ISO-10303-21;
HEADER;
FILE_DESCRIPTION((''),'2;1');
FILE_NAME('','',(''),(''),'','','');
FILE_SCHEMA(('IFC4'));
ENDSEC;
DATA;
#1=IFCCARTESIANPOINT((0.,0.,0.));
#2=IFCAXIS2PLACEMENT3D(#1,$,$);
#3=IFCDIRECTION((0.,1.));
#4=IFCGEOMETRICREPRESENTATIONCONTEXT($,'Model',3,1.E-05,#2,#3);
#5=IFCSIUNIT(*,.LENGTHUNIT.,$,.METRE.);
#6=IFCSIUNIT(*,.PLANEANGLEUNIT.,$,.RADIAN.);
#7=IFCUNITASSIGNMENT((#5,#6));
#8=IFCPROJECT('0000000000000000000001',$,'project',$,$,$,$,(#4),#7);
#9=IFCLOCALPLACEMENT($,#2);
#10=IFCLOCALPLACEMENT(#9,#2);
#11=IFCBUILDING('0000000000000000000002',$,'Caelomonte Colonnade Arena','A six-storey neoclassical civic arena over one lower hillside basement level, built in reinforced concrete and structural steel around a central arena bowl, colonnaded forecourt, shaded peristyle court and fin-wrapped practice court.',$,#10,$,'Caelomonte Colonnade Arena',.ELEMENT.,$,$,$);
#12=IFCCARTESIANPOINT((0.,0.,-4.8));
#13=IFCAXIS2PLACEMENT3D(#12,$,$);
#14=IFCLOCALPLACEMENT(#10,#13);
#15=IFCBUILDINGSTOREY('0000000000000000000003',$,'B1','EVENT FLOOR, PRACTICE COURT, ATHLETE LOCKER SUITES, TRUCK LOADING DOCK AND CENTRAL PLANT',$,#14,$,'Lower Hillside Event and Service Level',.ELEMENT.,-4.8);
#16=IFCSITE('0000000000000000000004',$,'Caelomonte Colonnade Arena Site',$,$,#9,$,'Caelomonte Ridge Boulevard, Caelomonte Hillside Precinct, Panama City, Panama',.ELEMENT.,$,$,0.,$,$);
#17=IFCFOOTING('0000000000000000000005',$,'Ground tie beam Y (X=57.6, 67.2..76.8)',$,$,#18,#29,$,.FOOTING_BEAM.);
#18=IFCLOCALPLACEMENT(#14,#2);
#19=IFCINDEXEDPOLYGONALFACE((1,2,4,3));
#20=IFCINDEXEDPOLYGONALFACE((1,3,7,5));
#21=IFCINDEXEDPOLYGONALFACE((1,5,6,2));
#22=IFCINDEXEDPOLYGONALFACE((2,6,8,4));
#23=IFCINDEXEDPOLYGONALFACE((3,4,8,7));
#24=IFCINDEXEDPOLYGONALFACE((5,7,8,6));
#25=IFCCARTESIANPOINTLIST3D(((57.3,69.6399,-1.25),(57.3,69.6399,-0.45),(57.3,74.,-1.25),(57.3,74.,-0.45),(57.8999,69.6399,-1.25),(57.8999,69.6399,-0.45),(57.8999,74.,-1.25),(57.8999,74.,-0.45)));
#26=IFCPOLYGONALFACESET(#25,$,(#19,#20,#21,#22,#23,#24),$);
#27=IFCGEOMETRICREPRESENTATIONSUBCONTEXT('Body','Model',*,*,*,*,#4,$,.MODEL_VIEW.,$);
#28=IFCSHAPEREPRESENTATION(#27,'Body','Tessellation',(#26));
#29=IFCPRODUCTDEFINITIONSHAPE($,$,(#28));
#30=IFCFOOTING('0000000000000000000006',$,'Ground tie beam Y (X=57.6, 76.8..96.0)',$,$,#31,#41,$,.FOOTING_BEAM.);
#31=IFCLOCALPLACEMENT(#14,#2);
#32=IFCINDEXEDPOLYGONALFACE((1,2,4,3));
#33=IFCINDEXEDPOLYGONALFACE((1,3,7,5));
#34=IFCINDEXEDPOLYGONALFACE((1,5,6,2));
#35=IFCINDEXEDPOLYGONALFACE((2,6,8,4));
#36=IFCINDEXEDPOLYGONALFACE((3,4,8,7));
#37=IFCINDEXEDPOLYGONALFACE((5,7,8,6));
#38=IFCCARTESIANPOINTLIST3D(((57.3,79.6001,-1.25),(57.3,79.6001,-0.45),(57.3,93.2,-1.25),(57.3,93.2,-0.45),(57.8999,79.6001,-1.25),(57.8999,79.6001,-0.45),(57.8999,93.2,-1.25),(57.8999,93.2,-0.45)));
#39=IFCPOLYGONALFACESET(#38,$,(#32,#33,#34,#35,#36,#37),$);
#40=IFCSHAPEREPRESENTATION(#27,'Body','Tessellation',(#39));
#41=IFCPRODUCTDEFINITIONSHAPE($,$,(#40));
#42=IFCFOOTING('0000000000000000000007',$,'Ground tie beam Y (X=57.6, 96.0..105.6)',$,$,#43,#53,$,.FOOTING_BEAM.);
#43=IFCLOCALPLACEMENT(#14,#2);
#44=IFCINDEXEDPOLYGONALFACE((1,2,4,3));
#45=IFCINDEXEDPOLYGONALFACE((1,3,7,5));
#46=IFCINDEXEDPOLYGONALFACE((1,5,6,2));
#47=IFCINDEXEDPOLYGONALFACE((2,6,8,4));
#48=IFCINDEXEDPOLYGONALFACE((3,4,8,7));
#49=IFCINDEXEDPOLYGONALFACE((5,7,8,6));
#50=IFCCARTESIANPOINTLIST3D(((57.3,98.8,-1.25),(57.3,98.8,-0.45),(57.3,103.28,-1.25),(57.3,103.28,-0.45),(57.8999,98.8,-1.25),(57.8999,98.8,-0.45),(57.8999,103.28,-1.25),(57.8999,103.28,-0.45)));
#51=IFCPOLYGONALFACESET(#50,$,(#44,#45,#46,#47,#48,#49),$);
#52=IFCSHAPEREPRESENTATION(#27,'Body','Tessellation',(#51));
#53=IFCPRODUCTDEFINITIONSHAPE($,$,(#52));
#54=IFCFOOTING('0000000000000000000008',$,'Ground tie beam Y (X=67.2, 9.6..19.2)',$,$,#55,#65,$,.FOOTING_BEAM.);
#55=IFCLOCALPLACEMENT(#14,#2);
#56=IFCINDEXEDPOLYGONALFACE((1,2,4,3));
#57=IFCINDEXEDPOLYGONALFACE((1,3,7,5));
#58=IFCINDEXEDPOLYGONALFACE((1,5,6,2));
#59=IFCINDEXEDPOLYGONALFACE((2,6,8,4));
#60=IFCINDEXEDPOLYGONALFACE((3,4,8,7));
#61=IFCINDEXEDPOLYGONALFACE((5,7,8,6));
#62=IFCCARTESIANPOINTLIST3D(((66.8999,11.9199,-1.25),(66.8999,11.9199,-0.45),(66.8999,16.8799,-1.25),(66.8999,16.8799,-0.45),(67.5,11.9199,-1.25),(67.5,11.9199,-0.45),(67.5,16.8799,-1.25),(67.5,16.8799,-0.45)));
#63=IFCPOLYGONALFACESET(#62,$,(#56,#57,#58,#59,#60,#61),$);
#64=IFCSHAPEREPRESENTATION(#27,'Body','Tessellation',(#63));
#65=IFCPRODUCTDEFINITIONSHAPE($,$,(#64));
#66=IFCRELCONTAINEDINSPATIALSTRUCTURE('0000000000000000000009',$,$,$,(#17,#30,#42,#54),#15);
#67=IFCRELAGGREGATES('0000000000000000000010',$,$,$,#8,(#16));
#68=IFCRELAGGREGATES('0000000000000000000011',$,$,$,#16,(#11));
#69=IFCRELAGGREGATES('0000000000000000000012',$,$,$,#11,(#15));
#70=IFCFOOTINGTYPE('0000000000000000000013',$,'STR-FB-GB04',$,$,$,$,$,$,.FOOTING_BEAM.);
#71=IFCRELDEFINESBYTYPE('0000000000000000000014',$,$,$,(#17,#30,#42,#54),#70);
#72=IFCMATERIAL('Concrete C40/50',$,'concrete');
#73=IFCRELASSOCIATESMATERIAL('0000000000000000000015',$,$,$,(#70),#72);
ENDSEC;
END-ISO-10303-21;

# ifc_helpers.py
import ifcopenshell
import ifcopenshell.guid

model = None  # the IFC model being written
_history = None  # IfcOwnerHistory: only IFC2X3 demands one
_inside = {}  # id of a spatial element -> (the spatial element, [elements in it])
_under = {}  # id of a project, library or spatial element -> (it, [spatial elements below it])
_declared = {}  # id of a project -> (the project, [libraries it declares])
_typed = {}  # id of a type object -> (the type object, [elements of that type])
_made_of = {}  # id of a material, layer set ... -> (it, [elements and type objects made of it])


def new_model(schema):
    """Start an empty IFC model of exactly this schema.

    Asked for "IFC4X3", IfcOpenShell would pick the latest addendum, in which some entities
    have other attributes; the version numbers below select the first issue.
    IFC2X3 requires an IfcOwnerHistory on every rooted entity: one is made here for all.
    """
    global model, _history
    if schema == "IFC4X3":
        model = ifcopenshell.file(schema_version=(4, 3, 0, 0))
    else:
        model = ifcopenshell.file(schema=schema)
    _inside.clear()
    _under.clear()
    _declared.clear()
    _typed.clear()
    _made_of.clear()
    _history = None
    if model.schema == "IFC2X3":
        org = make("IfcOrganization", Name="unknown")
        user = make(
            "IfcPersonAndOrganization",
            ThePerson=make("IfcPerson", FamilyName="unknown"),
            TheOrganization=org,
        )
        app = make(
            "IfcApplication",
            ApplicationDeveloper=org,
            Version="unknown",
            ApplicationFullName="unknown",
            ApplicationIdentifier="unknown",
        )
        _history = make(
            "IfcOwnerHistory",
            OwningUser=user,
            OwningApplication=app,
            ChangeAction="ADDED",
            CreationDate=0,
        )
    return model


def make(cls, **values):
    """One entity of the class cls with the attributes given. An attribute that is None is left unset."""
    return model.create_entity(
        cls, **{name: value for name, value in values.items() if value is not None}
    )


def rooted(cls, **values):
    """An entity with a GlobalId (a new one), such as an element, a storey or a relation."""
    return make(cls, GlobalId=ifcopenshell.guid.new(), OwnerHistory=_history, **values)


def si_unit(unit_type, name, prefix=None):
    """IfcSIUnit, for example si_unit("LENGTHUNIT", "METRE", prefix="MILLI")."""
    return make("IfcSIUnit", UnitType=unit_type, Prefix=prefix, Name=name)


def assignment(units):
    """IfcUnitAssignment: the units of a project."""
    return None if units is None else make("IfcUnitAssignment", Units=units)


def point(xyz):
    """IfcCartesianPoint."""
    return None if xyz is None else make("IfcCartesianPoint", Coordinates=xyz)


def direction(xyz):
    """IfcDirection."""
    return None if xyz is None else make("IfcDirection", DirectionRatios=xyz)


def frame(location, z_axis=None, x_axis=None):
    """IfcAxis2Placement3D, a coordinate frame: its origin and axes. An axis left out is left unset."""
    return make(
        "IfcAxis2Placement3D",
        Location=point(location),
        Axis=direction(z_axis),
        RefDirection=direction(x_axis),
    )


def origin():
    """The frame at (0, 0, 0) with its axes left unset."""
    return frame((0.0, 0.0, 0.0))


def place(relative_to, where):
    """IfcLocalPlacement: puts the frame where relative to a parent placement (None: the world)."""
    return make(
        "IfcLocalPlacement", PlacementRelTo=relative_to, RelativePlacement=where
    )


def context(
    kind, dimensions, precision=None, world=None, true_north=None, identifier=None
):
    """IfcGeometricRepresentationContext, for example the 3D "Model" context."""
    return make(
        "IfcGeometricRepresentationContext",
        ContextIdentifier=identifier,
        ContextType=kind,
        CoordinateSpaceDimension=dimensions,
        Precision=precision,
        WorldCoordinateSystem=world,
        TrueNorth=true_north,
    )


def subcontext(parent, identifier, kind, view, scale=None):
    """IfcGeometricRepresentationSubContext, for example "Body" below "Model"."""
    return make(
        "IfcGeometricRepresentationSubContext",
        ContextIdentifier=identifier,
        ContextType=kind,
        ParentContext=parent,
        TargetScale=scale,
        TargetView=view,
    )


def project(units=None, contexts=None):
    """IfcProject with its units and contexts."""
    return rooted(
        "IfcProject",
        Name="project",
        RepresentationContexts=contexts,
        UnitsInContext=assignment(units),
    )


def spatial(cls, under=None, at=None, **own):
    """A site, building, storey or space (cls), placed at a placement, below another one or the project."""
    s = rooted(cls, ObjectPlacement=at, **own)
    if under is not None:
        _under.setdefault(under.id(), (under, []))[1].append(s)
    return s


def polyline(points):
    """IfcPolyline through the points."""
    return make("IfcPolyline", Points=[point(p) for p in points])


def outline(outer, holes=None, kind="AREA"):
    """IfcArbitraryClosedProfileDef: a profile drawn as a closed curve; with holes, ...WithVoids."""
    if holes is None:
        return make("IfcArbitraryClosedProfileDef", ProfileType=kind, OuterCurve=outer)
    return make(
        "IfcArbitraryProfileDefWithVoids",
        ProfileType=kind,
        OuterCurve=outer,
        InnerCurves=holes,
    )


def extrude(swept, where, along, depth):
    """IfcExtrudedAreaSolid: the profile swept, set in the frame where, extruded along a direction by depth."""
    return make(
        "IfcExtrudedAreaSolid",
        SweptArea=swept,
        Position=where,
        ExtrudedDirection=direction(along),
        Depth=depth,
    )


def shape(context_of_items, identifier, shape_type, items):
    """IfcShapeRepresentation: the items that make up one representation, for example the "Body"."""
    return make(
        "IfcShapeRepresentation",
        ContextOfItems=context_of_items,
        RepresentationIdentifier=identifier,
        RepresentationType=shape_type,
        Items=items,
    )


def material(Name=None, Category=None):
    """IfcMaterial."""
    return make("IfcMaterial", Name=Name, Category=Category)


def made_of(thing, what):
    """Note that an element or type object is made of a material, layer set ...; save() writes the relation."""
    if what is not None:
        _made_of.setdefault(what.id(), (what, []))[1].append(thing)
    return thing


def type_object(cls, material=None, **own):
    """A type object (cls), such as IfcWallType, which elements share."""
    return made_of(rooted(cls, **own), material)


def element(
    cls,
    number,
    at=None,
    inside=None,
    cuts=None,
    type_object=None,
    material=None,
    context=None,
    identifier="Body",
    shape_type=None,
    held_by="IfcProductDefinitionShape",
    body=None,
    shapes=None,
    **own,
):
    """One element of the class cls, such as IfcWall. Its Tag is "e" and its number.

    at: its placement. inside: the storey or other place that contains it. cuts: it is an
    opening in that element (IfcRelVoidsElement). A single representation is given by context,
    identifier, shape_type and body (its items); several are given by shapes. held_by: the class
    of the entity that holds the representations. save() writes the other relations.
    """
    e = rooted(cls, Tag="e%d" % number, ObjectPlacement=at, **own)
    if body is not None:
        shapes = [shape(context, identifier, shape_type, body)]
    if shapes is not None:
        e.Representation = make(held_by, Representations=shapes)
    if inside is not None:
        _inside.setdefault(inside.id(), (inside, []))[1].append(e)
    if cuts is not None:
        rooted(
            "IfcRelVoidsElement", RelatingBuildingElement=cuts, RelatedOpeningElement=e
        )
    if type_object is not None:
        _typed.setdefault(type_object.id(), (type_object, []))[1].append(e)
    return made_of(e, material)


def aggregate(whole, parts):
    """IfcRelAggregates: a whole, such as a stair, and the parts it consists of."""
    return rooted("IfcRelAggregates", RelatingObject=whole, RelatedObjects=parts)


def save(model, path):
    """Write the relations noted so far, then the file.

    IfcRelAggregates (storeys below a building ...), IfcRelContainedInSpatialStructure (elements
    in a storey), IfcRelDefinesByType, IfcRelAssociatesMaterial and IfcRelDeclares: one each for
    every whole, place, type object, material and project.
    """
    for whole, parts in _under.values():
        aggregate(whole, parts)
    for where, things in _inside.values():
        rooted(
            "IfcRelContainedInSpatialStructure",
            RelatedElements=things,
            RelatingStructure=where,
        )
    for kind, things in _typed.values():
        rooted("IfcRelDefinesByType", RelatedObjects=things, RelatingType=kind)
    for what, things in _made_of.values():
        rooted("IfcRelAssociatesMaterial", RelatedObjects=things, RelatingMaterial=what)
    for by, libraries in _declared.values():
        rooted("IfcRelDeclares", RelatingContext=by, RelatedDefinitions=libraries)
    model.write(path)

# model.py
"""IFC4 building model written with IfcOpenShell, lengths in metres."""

from ifc_helpers import new_model, si_unit, direction, frame, origin, place, context, subcontext, project, spatial, polyline, outline, extrude, material, type_object, element, save


model = new_model("IFC4")

# Units and contexts
model_context = context("Model", 3, precision=1e-05, world=origin(), true_north=direction((0.0, 1.0)))
body_context = subcontext(model_context, "Body", "Model", "MODEL_VIEW")
ifc_project = project(units=[si_unit("LENGTHUNIT", "METRE"), si_unit("PLANEANGLEUNIT", "RADIAN")], contexts=[model_context])

# Site, building, storey
site_placement = place(None, origin())
site = spatial("IfcSite", under=ifc_project, at=site_placement, Name="Caelomonte Colonnade Arena Site", LongName="Caelomonte Ridge Boulevard, Caelomonte Hillside Precinct, Panama City, Panama", CompositionType="ELEMENT", RefElevation=0.0)
building_placement = place(site_placement, origin())
building = spatial("IfcBuilding", under=site, at=building_placement, Name="Caelomonte Colonnade Arena", Description="A six-storey neoclassical civic arena over one lower hillside basement level, built in reinforced concrete and structural steel around a central arena bowl, colonnaded forecourt, shaded peristyle court and fin-wrapped practice court.", LongName="Caelomonte Colonnade Arena", CompositionType="ELEMENT")
storey_placement = place(building_placement, frame((0.0, 0.0, -4.8)))
storey = spatial("IfcBuildingStorey", under=building, at=storey_placement, Name="B1", Description="EVENT FLOOR, PRACTICE COURT, ATHLETE LOCKER SUITES, TRUCK LOADING DOCK AND CENTRAL PLANT", LongName="Lower Hillside Event and Service Level", CompositionType="ELEMENT", Elevation=-4.8)

# Footings
ifc_material = material(Name="Concrete C40/50", Category="concrete")
footing_type = type_object("IfcFootingType", Name="STR-FB-GB04", PredefinedType="FOOTING_BEAM", material=ifc_material)
footing_1_placement = place(storey_placement, frame((0.0, 0.0, -1.25)))
element("IfcFooting", 1, at=footing_1_placement, inside=storey, type_object=footing_type, Name="Ground tie beam Y (X=57.6, 67.2..76.8)", PredefinedType="FOOTING_BEAM", context=body_context, shape_type="SweptSolid", body=[
    extrude(outline(polyline([(57.3, 69.6399), (57.8999, 69.6399), (57.8999, 74.0), (57.3, 74.0), (57.3, 69.6399)])), origin(), (0.0, 0.0, 1.0), 0.8),
])
footing_2_placement = place(storey_placement, frame((0.0, 0.0, -1.25)))
element("IfcFooting", 2, at=footing_2_placement, inside=storey, type_object=footing_type, Name="Ground tie beam Y (X=57.6, 76.8..96.0)", PredefinedType="FOOTING_BEAM", context=body_context, shape_type="SweptSolid", body=[
    extrude(outline(polyline([(57.3, 79.6001), (57.8999, 79.6001), (57.8999, 93.2), (57.3, 93.2), (57.3, 79.6001)])), origin(), (0.0, 0.0, 1.0), 0.8),
])
footing_3_placement = place(storey_placement, frame((0.0, 0.0, -1.25)))
element("IfcFooting", 3, at=footing_3_placement, inside=storey, type_object=footing_type, Name="Ground tie beam Y (X=57.6, 96.0..105.6)", PredefinedType="FOOTING_BEAM", context=body_context, shape_type="SweptSolid", body=[
    extrude(outline(polyline([(57.3, 98.8), (57.8999, 98.8), (57.8999, 103.28), (57.3, 103.28), (57.3, 98.8)])), origin(), (0.0, 0.0, 1.0), 0.8),
])
footing_4_placement = place(storey_placement, frame((0.0, 0.0, -1.25)))
element("IfcFooting", 4, at=footing_4_placement, inside=storey, type_object=footing_type, Name="Ground tie beam Y (X=67.2, 9.6..19.2)", PredefinedType="FOOTING_BEAM", context=body_context, shape_type="SweptSolid", body=[
    extrude(outline(polyline([(66.8999, 11.9199), (67.5, 11.9199), (67.5, 16.8799), (66.8999, 16.8799), (66.8999, 11.9199)])), origin(), (0.0, 0.0, 1.0), 0.8),
])

save(model, "model.ifc")
